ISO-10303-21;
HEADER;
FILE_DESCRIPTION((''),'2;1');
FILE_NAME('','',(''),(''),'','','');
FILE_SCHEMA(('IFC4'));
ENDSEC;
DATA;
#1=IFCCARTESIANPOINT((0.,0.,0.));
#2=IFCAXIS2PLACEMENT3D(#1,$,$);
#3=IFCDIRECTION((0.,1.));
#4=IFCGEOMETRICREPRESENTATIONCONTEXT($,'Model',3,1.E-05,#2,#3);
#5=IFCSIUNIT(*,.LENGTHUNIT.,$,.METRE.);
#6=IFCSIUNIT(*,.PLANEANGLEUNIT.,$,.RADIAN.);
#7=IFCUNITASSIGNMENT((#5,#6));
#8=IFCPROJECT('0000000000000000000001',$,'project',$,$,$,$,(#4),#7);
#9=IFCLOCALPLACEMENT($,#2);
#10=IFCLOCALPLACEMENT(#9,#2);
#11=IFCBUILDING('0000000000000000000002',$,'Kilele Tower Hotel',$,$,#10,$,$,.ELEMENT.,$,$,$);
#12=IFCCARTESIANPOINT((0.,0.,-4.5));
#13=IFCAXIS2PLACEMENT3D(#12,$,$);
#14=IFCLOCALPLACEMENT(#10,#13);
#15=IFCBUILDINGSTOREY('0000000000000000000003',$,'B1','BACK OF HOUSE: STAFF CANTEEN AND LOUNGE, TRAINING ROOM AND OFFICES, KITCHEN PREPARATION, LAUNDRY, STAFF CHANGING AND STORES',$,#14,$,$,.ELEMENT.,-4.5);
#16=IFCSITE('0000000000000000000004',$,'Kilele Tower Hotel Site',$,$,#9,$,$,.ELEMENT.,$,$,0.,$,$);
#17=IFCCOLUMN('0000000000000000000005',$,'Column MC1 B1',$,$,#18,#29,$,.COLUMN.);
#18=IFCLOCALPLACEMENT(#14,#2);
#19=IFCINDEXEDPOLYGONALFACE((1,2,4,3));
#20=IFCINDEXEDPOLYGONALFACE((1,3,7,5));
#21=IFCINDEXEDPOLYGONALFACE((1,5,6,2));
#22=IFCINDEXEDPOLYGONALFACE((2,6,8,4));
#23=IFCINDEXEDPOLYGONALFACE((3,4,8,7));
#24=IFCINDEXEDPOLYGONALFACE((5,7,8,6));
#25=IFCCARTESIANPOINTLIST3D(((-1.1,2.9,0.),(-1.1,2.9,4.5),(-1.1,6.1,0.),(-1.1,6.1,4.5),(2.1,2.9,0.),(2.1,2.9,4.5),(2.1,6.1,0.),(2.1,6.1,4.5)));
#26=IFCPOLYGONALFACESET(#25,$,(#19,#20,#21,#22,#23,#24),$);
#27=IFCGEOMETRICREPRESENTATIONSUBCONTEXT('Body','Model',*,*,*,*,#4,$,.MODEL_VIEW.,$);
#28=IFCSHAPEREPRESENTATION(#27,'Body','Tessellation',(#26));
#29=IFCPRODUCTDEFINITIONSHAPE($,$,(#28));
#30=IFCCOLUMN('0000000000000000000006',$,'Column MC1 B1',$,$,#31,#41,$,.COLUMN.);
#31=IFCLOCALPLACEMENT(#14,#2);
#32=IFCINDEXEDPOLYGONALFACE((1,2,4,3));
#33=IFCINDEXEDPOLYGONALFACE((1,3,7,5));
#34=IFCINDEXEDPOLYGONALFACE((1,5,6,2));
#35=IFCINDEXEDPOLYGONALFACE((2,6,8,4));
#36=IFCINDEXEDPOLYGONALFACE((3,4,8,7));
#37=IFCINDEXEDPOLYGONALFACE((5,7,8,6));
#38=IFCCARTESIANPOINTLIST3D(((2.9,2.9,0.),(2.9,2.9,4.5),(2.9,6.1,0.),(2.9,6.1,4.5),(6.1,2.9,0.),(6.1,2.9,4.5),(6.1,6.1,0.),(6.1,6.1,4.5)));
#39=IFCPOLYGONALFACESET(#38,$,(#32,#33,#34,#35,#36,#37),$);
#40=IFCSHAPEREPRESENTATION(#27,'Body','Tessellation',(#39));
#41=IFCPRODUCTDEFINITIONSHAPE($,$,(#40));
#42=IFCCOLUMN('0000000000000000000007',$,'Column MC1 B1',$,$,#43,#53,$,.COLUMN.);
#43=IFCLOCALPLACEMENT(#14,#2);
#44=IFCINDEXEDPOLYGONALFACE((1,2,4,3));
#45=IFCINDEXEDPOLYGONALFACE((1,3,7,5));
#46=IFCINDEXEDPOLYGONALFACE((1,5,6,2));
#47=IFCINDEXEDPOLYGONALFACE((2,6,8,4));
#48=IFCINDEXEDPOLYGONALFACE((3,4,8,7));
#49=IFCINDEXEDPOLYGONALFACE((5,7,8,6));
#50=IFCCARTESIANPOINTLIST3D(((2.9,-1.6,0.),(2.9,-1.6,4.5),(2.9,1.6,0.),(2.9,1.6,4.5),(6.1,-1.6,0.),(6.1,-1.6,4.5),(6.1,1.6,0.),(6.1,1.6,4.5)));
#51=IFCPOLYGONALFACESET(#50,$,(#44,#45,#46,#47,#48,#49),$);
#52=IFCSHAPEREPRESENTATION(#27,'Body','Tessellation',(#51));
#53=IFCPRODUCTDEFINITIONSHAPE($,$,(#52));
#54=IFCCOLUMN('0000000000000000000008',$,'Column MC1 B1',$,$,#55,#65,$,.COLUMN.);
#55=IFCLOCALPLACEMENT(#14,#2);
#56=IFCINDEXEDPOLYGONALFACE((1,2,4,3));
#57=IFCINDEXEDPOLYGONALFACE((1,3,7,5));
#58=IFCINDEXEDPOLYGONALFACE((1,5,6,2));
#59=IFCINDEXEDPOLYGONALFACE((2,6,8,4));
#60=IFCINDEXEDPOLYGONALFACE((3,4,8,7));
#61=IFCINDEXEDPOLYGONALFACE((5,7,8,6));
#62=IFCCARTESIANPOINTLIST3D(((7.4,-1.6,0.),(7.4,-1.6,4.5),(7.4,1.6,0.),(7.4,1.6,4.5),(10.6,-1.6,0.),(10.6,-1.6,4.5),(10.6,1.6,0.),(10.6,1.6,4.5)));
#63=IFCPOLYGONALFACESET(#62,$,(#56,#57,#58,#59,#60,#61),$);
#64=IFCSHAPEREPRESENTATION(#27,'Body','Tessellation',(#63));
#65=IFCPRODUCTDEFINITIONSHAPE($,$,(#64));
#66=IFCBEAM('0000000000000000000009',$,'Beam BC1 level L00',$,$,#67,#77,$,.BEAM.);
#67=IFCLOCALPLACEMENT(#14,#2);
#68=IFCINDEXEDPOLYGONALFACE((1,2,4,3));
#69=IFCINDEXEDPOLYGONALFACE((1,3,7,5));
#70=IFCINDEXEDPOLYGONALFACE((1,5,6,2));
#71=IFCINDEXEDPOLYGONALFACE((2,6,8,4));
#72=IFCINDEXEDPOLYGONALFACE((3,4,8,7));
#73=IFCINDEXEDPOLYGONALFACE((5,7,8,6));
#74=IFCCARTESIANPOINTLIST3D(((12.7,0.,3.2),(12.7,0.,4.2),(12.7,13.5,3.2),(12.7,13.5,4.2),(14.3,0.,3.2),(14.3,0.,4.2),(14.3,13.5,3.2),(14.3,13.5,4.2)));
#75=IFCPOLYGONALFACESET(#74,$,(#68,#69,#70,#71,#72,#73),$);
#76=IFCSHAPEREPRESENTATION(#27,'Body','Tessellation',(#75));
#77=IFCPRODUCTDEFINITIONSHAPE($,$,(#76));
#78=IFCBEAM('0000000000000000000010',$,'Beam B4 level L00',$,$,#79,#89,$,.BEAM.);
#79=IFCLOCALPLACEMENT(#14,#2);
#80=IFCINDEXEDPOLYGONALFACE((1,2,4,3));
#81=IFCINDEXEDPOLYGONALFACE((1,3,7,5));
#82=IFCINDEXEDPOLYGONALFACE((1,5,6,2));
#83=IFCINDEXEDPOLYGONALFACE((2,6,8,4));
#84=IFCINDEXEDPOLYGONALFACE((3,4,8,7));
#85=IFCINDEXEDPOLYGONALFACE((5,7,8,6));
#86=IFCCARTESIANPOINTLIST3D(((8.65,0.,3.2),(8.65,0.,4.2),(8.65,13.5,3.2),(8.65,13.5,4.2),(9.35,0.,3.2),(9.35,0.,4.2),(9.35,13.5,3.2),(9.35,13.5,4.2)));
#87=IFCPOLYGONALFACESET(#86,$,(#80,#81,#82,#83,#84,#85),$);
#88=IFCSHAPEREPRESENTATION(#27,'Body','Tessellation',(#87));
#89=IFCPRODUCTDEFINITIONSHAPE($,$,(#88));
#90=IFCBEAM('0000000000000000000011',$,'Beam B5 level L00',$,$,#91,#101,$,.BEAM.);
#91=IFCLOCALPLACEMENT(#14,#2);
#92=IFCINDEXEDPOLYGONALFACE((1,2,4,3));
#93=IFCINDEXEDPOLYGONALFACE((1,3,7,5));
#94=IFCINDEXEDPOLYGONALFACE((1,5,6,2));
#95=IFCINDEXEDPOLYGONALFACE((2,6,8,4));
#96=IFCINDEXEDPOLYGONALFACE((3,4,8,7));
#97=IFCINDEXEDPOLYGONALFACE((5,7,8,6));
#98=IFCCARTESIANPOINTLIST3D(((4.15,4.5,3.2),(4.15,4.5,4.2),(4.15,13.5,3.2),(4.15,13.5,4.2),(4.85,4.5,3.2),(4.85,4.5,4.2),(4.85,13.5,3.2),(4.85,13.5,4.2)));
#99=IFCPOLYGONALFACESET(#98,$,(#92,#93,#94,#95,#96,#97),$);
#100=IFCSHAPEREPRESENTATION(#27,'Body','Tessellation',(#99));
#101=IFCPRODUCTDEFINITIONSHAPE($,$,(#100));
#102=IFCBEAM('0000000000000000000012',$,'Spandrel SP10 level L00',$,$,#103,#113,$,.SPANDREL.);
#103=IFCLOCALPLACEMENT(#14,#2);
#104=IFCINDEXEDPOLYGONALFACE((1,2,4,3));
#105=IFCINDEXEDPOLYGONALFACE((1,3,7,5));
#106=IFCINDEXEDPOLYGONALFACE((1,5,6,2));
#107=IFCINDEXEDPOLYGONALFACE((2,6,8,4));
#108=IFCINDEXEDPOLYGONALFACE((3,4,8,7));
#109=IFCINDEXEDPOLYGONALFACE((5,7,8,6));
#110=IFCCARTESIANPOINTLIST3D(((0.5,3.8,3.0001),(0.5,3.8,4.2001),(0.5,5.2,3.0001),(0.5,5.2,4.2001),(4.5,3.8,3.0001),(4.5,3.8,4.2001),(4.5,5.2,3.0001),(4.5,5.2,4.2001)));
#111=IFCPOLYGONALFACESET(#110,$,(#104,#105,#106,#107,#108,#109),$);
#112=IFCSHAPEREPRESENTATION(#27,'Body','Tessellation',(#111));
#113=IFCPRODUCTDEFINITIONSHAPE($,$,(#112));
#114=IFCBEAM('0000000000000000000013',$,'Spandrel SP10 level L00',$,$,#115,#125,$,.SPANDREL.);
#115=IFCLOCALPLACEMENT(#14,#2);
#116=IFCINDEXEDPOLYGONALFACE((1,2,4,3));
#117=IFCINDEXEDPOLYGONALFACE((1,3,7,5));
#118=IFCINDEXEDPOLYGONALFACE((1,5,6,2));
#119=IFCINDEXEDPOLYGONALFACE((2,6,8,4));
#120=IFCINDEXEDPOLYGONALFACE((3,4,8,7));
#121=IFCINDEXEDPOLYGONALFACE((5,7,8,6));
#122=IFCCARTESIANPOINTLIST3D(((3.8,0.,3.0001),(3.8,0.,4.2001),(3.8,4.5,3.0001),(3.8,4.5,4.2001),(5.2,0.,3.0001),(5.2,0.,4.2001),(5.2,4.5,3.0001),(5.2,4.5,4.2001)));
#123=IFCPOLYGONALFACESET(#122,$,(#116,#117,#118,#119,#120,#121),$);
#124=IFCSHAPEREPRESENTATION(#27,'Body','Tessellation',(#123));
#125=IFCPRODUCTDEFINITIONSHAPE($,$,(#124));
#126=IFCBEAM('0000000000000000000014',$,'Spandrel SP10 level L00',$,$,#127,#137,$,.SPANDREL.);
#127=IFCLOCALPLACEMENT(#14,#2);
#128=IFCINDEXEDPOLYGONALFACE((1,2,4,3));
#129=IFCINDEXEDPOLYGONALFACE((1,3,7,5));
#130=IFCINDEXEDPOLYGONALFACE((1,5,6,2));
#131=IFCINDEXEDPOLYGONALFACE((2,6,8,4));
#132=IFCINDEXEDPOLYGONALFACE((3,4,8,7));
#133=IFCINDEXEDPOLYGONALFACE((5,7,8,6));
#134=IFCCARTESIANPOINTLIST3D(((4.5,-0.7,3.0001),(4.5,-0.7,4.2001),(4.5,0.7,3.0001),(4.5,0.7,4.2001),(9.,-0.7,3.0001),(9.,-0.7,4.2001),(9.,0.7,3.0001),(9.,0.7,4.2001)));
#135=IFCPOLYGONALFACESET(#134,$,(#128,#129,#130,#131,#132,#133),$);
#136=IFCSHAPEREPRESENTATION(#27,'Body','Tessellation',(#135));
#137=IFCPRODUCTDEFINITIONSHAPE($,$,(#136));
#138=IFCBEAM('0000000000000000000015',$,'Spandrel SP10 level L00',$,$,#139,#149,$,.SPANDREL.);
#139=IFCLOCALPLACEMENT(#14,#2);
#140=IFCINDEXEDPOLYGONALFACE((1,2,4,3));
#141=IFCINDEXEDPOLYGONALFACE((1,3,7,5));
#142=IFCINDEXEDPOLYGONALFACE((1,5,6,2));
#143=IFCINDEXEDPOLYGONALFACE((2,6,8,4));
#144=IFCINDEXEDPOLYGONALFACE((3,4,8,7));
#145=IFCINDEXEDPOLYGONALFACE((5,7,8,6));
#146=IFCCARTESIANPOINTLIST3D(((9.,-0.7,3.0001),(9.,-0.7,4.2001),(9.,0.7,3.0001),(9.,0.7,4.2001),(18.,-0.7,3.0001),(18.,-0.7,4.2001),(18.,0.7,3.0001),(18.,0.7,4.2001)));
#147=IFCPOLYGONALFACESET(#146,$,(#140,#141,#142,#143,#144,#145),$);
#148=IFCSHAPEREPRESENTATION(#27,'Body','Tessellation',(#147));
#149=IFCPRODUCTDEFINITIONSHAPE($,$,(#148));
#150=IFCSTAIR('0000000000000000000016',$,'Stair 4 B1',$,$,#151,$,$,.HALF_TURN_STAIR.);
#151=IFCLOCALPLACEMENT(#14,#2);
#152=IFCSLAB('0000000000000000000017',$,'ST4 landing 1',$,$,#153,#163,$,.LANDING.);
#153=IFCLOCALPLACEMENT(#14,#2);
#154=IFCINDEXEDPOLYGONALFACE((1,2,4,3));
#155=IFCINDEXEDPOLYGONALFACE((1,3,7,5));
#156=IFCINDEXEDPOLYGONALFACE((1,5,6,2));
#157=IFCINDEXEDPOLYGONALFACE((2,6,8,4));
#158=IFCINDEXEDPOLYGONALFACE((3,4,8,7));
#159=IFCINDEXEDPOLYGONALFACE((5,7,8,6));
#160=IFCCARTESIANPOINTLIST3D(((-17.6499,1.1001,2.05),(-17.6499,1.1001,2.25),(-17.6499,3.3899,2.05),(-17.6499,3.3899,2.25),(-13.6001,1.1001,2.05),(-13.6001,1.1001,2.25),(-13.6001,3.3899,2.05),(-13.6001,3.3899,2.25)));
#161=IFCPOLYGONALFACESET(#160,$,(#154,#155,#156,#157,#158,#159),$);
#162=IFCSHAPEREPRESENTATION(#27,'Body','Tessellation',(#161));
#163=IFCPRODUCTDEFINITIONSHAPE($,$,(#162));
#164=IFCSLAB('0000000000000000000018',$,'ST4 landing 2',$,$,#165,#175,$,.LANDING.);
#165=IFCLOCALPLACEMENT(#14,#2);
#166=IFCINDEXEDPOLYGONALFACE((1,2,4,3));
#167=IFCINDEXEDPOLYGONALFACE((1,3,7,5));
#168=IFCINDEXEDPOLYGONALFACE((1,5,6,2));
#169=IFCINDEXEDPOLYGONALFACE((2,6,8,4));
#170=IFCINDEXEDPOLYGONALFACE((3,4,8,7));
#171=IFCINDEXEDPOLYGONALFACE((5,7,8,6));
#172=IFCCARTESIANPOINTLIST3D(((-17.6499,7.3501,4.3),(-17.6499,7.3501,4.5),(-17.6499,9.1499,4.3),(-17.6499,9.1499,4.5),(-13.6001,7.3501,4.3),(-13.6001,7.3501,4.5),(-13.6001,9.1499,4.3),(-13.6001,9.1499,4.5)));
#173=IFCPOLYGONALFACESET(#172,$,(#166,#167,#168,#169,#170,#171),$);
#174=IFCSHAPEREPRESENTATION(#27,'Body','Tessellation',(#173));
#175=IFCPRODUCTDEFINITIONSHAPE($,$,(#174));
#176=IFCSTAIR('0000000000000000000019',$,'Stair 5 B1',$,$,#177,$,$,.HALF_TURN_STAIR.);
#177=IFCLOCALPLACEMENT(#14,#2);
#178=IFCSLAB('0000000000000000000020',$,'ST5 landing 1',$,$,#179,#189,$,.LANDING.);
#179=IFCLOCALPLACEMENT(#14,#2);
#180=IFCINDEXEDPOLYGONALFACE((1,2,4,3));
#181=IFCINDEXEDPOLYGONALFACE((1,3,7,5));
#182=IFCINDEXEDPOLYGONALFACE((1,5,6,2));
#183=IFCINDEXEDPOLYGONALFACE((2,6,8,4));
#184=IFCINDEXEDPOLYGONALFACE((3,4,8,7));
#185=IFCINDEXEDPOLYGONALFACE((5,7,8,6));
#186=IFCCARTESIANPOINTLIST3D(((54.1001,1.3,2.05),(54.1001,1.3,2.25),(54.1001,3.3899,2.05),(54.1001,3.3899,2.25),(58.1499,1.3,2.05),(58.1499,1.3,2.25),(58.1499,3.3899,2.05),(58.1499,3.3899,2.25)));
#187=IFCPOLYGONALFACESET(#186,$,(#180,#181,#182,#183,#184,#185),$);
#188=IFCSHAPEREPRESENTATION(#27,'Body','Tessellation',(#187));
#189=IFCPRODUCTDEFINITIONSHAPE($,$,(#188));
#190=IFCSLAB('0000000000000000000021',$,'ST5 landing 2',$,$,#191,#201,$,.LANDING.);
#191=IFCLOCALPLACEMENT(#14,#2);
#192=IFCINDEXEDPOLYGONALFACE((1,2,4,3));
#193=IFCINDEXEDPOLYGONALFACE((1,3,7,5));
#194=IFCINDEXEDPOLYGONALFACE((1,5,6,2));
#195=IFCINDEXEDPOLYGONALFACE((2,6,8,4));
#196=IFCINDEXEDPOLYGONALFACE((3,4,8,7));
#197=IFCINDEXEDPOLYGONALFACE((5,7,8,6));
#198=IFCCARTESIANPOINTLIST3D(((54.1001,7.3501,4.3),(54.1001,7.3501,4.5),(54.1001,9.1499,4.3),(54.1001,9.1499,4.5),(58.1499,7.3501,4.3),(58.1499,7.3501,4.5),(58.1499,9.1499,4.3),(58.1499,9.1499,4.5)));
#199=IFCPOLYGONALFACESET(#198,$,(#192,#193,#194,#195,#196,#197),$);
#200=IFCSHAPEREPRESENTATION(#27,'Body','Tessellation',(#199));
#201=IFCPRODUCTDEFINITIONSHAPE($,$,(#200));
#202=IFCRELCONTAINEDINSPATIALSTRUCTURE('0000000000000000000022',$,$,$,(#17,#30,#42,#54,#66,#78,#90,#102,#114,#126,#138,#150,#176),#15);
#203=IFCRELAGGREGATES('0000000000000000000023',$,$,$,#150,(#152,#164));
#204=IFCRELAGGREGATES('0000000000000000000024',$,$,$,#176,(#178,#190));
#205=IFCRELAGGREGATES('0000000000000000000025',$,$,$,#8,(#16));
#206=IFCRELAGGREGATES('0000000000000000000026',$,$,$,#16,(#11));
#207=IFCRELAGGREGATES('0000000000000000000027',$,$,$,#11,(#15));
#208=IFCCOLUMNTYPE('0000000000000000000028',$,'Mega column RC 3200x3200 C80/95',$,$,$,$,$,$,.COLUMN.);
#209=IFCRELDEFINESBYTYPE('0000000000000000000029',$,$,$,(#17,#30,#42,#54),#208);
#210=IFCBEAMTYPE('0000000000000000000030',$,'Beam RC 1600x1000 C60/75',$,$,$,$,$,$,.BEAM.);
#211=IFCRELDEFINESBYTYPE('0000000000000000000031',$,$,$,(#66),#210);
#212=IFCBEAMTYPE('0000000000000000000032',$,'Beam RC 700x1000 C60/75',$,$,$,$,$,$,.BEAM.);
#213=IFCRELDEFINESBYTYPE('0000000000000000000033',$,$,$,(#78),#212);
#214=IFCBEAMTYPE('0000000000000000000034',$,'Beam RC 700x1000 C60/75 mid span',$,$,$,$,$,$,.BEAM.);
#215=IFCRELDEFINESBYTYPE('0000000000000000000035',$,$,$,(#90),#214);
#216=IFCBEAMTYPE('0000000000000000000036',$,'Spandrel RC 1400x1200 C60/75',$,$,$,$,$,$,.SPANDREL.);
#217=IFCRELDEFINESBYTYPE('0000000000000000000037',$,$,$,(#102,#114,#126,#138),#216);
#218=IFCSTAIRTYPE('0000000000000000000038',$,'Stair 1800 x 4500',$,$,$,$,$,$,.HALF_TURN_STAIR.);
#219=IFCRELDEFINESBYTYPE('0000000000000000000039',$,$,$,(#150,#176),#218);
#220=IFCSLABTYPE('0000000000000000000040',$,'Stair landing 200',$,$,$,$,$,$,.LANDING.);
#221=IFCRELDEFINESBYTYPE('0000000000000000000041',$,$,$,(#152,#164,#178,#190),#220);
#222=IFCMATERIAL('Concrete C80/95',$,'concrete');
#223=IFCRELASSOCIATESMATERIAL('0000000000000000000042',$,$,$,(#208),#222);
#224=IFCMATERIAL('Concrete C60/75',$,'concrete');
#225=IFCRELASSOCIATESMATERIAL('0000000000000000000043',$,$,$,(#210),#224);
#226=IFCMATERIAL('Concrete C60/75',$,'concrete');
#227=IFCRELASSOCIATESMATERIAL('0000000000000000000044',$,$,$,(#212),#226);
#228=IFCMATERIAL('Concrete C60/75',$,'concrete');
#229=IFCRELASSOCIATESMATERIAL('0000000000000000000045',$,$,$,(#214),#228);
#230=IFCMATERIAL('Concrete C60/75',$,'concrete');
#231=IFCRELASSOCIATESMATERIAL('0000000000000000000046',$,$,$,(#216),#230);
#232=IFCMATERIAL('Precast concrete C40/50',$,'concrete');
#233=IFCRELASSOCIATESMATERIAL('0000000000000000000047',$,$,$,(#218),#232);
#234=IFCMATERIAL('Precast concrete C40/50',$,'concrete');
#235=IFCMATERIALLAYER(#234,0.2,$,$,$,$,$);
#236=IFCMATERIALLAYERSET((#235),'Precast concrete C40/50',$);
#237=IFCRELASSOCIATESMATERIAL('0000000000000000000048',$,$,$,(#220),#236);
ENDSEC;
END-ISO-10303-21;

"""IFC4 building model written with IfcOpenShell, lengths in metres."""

from ifc_helpers import new_model, si_unit, direction, frame, origin, origin_2d, place, context, subcontext, project, spatial, polyline, rectangle, outline, extrude, material, layer, layer_set, material_profile, profile_set, type_object, element, aggregate, save


model = new_model("IFC4")

# Units and contexts
model_context = context("Model", 3, precision=1e-05, world=origin(), true_north=direction((0.0, 1.0)))
body_context = subcontext(model_context, "Body", "Model", "MODEL_VIEW")
ifc_project = project(units=[si_unit("LENGTHUNIT", "METRE"), si_unit("PLANEANGLEUNIT", "RADIAN")], contexts=[model_context])

# Site, building, storey
site_placement = place(None, origin())
site = spatial("IfcSite", under=ifc_project, at=site_placement, Name="Kilele Tower Hotel Site", CompositionType="ELEMENT", RefElevation=0.0)
building_placement = place(site_placement, origin())
building = spatial("IfcBuilding", under=site, at=building_placement, Name="Kilele Tower Hotel", CompositionType="ELEMENT")
storey_placement = place(building_placement, frame((0.0, 0.0, -4.5)))
storey = spatial("IfcBuildingStorey", under=building, at=storey_placement, Name="B1", Description="BACK OF HOUSE: STAFF CANTEEN AND LOUNGE, TRAINING ROOM AND OFFICES, KITCHEN PREPARATION, LAUNDRY, STAFF CHANGING AND STORES", CompositionType="ELEMENT", Elevation=-4.5)

# Columns
ifc_material_1 = material(Name="Concrete C80/95", Category="concrete")
ifc_material_profile_1 = material_profile(ifc_material_1, rectangle(XDim=3.2, YDim=3.2, at=origin_2d()))
ifc_profile_set_1 = profile_set([ifc_material_profile_1], Name="Concrete C80/95")
column_type = type_object("IfcColumnType", Name="Mega column RC 3200x3200 C80/95", PredefinedType="COLUMN", material=ifc_profile_set_1)
for number, where, z_axis, x_axis, name in (
    (1, (0.5, 4.5, 0.0), (0.0, 0.0, 1.0), (1.0, 0.0, 0.0), "Column MC1 B1"),
    (2, (4.5, 4.5, 0.0), (0.0, 0.0, 1.0), (1.0, 0.0, 0.0), "Column MC1 B1"),
    (3, (4.5, 0.0, 0.0), (0.0, 0.0, 1.0), (1.0, 0.0, 0.0), "Column MC1 B1"),
    (4, (9.0, 0.0, 0.0), (0.0, 0.0, 1.0), (1.0, 0.0, 0.0), "Column MC1 B1"),
):
    element("IfcColumn", number, at=place(storey_placement, frame(where, z_axis=z_axis, x_axis=x_axis)), inside=storey, type_object=column_type, Name=name, PredefinedType="COLUMN", context=body_context, shape_type="SweptSolid", body=[
        extrude(rectangle(XDim=3.2, YDim=3.2, at=origin_2d()), origin(), (0.0, 0.0, 1.0), 4.5),
    ])

# Beams
ifc_material_2 = material(Name="Concrete C60/75", Category="concrete")
ifc_material_profile_2 = material_profile(ifc_material_2, rectangle(XDim=1.6001, YDim=1.0, at=origin_2d()))
ifc_profile_set_2 = profile_set([ifc_material_profile_2], Name="Concrete C60/75")
beam_type_1 = type_object("IfcBeamType", Name="Beam RC 1600x1000 C60/75", PredefinedType="BEAM", material=ifc_profile_set_2)
beam_1_placement = place(storey_placement, frame((13.5, 0.0, 3.7), z_axis=(0.0, 1.0, 0.0), x_axis=(-1.0, 0.0, 0.0)))
element("IfcBeam", 5, at=beam_1_placement, inside=storey, type_object=beam_type_1, Name="Beam BC1 level L00", PredefinedType="BEAM", context=body_context, shape_type="SweptSolid", body=[
    extrude(rectangle(XDim=1.6001, YDim=1.0, at=origin_2d()), origin(), (0.0, 0.0, 1.0), 13.5),
])
ifc_material_3 = material(Name="Concrete C60/75", Category="concrete")
ifc_material_profile_3 = material_profile(ifc_material_3, rectangle(XDim=0.7, YDim=1.0, at=origin_2d()))
ifc_profile_set_3 = profile_set([ifc_material_profile_3], Name="Concrete C60/75")
beam_type_2 = type_object("IfcBeamType", Name="Beam RC 700x1000 C60/75", PredefinedType="BEAM", material=ifc_profile_set_3)
beam_2_placement = place(storey_placement, frame((9.0, 0.0, 3.7), z_axis=(0.0, 1.0, 0.0), x_axis=(-1.0, 0.0, 0.0)))
element("IfcBeam", 6, at=beam_2_placement, inside=storey, type_object=beam_type_2, Name="Beam B4 level L00", PredefinedType="BEAM", context=body_context, shape_type="SweptSolid", body=[
    extrude(rectangle(XDim=0.7, YDim=1.0, at=origin_2d()), origin(), (0.0, 0.0, 1.0), 13.5),
])
ifc_material_4 = material(Name="Concrete C60/75", Category="concrete")
ifc_material_profile_4 = material_profile(ifc_material_4, rectangle(XDim=0.7, YDim=1.0, at=origin_2d()))
ifc_profile_set_4 = profile_set([ifc_material_profile_4], Name="Concrete C60/75")
beam_type_3 = type_object("IfcBeamType", Name="Beam RC 700x1000 C60/75 mid span", PredefinedType="BEAM", material=ifc_profile_set_4)
beam_3_placement = place(storey_placement, frame((4.5, 4.5, 3.7), z_axis=(0.0, 1.0, 0.0), x_axis=(-1.0, 0.0, 0.0)))
element("IfcBeam", 7, at=beam_3_placement, inside=storey, type_object=beam_type_3, Name="Beam B5 level L00", PredefinedType="BEAM", context=body_context, shape_type="SweptSolid", body=[
    extrude(rectangle(XDim=0.7, YDim=1.0, at=origin_2d()), origin(), (0.0, 0.0, 1.0), 9.0),
])
ifc_material_5 = material(Name="Concrete C60/75", Category="concrete")
ifc_material_profile_5 = material_profile(ifc_material_5, rectangle(XDim=1.3999, YDim=1.2, at=origin_2d()))
ifc_profile_set_5 = profile_set([ifc_material_profile_5], Name="Concrete C60/75")
beam_type_4 = type_object("IfcBeamType", Name="Spandrel RC 1400x1200 C60/75", PredefinedType="SPANDREL", material=ifc_profile_set_5)
beam_4_placement = place(storey_placement, frame((0.5, 4.5, 3.6001), z_axis=(1.0, 0.0, 0.0), x_axis=(0.0, 1.0, 0.0)))
element("IfcBeam", 8, at=beam_4_placement, inside=storey, type_object=beam_type_4, Name="Spandrel SP10 level L00", PredefinedType="SPANDREL", context=body_context, shape_type="SweptSolid", body=[
    extrude(rectangle(XDim=1.3999, YDim=1.2, at=origin_2d()), origin(), (0.0, 0.0, 1.0), 4.0),
])
for number, where, z_axis, x_axis, name in (
    (9, (4.5, 4.5, 3.6001), (0.0, -1.0, 0.0), (1.0, 0.0, 0.0), "Spandrel SP10 level L00"),
    (10, (4.5, 0.0, 3.6001), (1.0, 0.0, 0.0), (0.0, 1.0, 0.0), "Spandrel SP10 level L00"),
):
    element("IfcBeam", number, at=place(storey_placement, frame(where, z_axis=z_axis, x_axis=x_axis)), inside=storey, type_object=beam_type_4, Name=name, PredefinedType="SPANDREL", context=body_context, shape_type="SweptSolid", body=[
        extrude(rectangle(XDim=1.3999, YDim=1.2, at=origin_2d()), origin(), (0.0, 0.0, 1.0), 4.5),
    ])
beam_5_placement = place(storey_placement, frame((9.0, 0.0, 3.6001), z_axis=(1.0, 0.0, 0.0), x_axis=(0.0, 1.0, 0.0)))
element("IfcBeam", 11, at=beam_5_placement, inside=storey, type_object=beam_type_4, Name="Spandrel SP10 level L00", PredefinedType="SPANDREL", context=body_context, shape_type="SweptSolid", body=[
    extrude(rectangle(XDim=1.3999, YDim=1.2, at=origin_2d()), origin(), (0.0, 0.0, 1.0), 9.0),
])

# Stairs, slabs
ifc_material_6 = material(Name="Precast concrete C40/50", Category="concrete")
stair_type = type_object("IfcStairType", Name="Stair 1800 x 4500", PredefinedType="HALF_TURN_STAIR", material=ifc_material_6)
stair_1_placement = place(storey_placement, origin())
stair_1 = element("IfcStair", 12, at=stair_1_placement, inside=storey, type_object=stair_type, Name="Stair 4 B1", PredefinedType="HALF_TURN_STAIR")
ifc_material_7 = material(Name="Precast concrete C40/50", Category="concrete")
ifc_layer_1 = layer(ifc_material_7, 0.2)
ifc_layer_set_1 = layer_set([ifc_layer_1], Name="Precast concrete C40/50")
slab_type = type_object("IfcSlabType", Name="Stair landing 200", PredefinedType="LANDING", material=ifc_layer_set_1)
slab_1_placement = place(storey_placement, frame((0.0, 0.0, 2.05)))
slab_1 = element("IfcSlab", 13, at=slab_1_placement, type_object=slab_type, Name="ST4 landing 1", PredefinedType="LANDING", context=body_context, shape_type="SweptSolid", body=[
    extrude(outline(polyline([(-17.6499, 1.1001), (-13.6001, 1.1001), (-13.6001, 3.3899), (-17.6499, 3.3899), (-17.6499, 1.1001)])), origin(), (0.0, 0.0, 1.0), 0.2),
])
slab_2_placement = place(storey_placement, frame((0.0, 0.0, 4.3)))
slab_2 = element("IfcSlab", 14, at=slab_2_placement, type_object=slab_type, Name="ST4 landing 2", PredefinedType="LANDING", context=body_context, shape_type="SweptSolid", body=[
    extrude(outline(polyline([(-17.6499, 7.3501), (-13.6001, 7.3501), (-13.6001, 9.1499), (-17.6499, 9.1499), (-17.6499, 7.3501)])), origin(), (0.0, 0.0, 1.0), 0.2),
])
aggregate(stair_1, [slab_1, slab_2])
stair_2_placement = place(storey_placement, origin())
stair_2 = element("IfcStair", 15, at=stair_2_placement, inside=storey, type_object=stair_type, Name="Stair 5 B1", PredefinedType="HALF_TURN_STAIR")
slab_3_placement = place(storey_placement, frame((0.0, 0.0, 2.05)))
slab_3 = element("IfcSlab", 16, at=slab_3_placement, type_object=slab_type, Name="ST5 landing 1", PredefinedType="LANDING", context=body_context, shape_type="SweptSolid", body=[
    extrude(outline(polyline([(54.1001, 1.3), (58.1499, 1.3), (58.1499, 3.3899), (54.1001, 3.3899), (54.1001, 1.3)])), origin(), (0.0, 0.0, 1.0), 0.2),
])
slab_4_placement = place(storey_placement, frame((0.0, 0.0, 4.3)))
slab_4 = element("IfcSlab", 17, at=slab_4_placement, type_object=slab_type, Name="ST5 landing 2", PredefinedType="LANDING", context=body_context, shape_type="SweptSolid", body=[
    extrude(outline(polyline([(54.1001, 7.3501), (58.1499, 7.3501), (58.1499, 9.1499), (54.1001, 9.1499), (54.1001, 7.3501)])), origin(), (0.0, 0.0, 1.0), 0.2),
])
aggregate(stair_2, [slab_3, slab_4])

save(model, "model.ifc")
